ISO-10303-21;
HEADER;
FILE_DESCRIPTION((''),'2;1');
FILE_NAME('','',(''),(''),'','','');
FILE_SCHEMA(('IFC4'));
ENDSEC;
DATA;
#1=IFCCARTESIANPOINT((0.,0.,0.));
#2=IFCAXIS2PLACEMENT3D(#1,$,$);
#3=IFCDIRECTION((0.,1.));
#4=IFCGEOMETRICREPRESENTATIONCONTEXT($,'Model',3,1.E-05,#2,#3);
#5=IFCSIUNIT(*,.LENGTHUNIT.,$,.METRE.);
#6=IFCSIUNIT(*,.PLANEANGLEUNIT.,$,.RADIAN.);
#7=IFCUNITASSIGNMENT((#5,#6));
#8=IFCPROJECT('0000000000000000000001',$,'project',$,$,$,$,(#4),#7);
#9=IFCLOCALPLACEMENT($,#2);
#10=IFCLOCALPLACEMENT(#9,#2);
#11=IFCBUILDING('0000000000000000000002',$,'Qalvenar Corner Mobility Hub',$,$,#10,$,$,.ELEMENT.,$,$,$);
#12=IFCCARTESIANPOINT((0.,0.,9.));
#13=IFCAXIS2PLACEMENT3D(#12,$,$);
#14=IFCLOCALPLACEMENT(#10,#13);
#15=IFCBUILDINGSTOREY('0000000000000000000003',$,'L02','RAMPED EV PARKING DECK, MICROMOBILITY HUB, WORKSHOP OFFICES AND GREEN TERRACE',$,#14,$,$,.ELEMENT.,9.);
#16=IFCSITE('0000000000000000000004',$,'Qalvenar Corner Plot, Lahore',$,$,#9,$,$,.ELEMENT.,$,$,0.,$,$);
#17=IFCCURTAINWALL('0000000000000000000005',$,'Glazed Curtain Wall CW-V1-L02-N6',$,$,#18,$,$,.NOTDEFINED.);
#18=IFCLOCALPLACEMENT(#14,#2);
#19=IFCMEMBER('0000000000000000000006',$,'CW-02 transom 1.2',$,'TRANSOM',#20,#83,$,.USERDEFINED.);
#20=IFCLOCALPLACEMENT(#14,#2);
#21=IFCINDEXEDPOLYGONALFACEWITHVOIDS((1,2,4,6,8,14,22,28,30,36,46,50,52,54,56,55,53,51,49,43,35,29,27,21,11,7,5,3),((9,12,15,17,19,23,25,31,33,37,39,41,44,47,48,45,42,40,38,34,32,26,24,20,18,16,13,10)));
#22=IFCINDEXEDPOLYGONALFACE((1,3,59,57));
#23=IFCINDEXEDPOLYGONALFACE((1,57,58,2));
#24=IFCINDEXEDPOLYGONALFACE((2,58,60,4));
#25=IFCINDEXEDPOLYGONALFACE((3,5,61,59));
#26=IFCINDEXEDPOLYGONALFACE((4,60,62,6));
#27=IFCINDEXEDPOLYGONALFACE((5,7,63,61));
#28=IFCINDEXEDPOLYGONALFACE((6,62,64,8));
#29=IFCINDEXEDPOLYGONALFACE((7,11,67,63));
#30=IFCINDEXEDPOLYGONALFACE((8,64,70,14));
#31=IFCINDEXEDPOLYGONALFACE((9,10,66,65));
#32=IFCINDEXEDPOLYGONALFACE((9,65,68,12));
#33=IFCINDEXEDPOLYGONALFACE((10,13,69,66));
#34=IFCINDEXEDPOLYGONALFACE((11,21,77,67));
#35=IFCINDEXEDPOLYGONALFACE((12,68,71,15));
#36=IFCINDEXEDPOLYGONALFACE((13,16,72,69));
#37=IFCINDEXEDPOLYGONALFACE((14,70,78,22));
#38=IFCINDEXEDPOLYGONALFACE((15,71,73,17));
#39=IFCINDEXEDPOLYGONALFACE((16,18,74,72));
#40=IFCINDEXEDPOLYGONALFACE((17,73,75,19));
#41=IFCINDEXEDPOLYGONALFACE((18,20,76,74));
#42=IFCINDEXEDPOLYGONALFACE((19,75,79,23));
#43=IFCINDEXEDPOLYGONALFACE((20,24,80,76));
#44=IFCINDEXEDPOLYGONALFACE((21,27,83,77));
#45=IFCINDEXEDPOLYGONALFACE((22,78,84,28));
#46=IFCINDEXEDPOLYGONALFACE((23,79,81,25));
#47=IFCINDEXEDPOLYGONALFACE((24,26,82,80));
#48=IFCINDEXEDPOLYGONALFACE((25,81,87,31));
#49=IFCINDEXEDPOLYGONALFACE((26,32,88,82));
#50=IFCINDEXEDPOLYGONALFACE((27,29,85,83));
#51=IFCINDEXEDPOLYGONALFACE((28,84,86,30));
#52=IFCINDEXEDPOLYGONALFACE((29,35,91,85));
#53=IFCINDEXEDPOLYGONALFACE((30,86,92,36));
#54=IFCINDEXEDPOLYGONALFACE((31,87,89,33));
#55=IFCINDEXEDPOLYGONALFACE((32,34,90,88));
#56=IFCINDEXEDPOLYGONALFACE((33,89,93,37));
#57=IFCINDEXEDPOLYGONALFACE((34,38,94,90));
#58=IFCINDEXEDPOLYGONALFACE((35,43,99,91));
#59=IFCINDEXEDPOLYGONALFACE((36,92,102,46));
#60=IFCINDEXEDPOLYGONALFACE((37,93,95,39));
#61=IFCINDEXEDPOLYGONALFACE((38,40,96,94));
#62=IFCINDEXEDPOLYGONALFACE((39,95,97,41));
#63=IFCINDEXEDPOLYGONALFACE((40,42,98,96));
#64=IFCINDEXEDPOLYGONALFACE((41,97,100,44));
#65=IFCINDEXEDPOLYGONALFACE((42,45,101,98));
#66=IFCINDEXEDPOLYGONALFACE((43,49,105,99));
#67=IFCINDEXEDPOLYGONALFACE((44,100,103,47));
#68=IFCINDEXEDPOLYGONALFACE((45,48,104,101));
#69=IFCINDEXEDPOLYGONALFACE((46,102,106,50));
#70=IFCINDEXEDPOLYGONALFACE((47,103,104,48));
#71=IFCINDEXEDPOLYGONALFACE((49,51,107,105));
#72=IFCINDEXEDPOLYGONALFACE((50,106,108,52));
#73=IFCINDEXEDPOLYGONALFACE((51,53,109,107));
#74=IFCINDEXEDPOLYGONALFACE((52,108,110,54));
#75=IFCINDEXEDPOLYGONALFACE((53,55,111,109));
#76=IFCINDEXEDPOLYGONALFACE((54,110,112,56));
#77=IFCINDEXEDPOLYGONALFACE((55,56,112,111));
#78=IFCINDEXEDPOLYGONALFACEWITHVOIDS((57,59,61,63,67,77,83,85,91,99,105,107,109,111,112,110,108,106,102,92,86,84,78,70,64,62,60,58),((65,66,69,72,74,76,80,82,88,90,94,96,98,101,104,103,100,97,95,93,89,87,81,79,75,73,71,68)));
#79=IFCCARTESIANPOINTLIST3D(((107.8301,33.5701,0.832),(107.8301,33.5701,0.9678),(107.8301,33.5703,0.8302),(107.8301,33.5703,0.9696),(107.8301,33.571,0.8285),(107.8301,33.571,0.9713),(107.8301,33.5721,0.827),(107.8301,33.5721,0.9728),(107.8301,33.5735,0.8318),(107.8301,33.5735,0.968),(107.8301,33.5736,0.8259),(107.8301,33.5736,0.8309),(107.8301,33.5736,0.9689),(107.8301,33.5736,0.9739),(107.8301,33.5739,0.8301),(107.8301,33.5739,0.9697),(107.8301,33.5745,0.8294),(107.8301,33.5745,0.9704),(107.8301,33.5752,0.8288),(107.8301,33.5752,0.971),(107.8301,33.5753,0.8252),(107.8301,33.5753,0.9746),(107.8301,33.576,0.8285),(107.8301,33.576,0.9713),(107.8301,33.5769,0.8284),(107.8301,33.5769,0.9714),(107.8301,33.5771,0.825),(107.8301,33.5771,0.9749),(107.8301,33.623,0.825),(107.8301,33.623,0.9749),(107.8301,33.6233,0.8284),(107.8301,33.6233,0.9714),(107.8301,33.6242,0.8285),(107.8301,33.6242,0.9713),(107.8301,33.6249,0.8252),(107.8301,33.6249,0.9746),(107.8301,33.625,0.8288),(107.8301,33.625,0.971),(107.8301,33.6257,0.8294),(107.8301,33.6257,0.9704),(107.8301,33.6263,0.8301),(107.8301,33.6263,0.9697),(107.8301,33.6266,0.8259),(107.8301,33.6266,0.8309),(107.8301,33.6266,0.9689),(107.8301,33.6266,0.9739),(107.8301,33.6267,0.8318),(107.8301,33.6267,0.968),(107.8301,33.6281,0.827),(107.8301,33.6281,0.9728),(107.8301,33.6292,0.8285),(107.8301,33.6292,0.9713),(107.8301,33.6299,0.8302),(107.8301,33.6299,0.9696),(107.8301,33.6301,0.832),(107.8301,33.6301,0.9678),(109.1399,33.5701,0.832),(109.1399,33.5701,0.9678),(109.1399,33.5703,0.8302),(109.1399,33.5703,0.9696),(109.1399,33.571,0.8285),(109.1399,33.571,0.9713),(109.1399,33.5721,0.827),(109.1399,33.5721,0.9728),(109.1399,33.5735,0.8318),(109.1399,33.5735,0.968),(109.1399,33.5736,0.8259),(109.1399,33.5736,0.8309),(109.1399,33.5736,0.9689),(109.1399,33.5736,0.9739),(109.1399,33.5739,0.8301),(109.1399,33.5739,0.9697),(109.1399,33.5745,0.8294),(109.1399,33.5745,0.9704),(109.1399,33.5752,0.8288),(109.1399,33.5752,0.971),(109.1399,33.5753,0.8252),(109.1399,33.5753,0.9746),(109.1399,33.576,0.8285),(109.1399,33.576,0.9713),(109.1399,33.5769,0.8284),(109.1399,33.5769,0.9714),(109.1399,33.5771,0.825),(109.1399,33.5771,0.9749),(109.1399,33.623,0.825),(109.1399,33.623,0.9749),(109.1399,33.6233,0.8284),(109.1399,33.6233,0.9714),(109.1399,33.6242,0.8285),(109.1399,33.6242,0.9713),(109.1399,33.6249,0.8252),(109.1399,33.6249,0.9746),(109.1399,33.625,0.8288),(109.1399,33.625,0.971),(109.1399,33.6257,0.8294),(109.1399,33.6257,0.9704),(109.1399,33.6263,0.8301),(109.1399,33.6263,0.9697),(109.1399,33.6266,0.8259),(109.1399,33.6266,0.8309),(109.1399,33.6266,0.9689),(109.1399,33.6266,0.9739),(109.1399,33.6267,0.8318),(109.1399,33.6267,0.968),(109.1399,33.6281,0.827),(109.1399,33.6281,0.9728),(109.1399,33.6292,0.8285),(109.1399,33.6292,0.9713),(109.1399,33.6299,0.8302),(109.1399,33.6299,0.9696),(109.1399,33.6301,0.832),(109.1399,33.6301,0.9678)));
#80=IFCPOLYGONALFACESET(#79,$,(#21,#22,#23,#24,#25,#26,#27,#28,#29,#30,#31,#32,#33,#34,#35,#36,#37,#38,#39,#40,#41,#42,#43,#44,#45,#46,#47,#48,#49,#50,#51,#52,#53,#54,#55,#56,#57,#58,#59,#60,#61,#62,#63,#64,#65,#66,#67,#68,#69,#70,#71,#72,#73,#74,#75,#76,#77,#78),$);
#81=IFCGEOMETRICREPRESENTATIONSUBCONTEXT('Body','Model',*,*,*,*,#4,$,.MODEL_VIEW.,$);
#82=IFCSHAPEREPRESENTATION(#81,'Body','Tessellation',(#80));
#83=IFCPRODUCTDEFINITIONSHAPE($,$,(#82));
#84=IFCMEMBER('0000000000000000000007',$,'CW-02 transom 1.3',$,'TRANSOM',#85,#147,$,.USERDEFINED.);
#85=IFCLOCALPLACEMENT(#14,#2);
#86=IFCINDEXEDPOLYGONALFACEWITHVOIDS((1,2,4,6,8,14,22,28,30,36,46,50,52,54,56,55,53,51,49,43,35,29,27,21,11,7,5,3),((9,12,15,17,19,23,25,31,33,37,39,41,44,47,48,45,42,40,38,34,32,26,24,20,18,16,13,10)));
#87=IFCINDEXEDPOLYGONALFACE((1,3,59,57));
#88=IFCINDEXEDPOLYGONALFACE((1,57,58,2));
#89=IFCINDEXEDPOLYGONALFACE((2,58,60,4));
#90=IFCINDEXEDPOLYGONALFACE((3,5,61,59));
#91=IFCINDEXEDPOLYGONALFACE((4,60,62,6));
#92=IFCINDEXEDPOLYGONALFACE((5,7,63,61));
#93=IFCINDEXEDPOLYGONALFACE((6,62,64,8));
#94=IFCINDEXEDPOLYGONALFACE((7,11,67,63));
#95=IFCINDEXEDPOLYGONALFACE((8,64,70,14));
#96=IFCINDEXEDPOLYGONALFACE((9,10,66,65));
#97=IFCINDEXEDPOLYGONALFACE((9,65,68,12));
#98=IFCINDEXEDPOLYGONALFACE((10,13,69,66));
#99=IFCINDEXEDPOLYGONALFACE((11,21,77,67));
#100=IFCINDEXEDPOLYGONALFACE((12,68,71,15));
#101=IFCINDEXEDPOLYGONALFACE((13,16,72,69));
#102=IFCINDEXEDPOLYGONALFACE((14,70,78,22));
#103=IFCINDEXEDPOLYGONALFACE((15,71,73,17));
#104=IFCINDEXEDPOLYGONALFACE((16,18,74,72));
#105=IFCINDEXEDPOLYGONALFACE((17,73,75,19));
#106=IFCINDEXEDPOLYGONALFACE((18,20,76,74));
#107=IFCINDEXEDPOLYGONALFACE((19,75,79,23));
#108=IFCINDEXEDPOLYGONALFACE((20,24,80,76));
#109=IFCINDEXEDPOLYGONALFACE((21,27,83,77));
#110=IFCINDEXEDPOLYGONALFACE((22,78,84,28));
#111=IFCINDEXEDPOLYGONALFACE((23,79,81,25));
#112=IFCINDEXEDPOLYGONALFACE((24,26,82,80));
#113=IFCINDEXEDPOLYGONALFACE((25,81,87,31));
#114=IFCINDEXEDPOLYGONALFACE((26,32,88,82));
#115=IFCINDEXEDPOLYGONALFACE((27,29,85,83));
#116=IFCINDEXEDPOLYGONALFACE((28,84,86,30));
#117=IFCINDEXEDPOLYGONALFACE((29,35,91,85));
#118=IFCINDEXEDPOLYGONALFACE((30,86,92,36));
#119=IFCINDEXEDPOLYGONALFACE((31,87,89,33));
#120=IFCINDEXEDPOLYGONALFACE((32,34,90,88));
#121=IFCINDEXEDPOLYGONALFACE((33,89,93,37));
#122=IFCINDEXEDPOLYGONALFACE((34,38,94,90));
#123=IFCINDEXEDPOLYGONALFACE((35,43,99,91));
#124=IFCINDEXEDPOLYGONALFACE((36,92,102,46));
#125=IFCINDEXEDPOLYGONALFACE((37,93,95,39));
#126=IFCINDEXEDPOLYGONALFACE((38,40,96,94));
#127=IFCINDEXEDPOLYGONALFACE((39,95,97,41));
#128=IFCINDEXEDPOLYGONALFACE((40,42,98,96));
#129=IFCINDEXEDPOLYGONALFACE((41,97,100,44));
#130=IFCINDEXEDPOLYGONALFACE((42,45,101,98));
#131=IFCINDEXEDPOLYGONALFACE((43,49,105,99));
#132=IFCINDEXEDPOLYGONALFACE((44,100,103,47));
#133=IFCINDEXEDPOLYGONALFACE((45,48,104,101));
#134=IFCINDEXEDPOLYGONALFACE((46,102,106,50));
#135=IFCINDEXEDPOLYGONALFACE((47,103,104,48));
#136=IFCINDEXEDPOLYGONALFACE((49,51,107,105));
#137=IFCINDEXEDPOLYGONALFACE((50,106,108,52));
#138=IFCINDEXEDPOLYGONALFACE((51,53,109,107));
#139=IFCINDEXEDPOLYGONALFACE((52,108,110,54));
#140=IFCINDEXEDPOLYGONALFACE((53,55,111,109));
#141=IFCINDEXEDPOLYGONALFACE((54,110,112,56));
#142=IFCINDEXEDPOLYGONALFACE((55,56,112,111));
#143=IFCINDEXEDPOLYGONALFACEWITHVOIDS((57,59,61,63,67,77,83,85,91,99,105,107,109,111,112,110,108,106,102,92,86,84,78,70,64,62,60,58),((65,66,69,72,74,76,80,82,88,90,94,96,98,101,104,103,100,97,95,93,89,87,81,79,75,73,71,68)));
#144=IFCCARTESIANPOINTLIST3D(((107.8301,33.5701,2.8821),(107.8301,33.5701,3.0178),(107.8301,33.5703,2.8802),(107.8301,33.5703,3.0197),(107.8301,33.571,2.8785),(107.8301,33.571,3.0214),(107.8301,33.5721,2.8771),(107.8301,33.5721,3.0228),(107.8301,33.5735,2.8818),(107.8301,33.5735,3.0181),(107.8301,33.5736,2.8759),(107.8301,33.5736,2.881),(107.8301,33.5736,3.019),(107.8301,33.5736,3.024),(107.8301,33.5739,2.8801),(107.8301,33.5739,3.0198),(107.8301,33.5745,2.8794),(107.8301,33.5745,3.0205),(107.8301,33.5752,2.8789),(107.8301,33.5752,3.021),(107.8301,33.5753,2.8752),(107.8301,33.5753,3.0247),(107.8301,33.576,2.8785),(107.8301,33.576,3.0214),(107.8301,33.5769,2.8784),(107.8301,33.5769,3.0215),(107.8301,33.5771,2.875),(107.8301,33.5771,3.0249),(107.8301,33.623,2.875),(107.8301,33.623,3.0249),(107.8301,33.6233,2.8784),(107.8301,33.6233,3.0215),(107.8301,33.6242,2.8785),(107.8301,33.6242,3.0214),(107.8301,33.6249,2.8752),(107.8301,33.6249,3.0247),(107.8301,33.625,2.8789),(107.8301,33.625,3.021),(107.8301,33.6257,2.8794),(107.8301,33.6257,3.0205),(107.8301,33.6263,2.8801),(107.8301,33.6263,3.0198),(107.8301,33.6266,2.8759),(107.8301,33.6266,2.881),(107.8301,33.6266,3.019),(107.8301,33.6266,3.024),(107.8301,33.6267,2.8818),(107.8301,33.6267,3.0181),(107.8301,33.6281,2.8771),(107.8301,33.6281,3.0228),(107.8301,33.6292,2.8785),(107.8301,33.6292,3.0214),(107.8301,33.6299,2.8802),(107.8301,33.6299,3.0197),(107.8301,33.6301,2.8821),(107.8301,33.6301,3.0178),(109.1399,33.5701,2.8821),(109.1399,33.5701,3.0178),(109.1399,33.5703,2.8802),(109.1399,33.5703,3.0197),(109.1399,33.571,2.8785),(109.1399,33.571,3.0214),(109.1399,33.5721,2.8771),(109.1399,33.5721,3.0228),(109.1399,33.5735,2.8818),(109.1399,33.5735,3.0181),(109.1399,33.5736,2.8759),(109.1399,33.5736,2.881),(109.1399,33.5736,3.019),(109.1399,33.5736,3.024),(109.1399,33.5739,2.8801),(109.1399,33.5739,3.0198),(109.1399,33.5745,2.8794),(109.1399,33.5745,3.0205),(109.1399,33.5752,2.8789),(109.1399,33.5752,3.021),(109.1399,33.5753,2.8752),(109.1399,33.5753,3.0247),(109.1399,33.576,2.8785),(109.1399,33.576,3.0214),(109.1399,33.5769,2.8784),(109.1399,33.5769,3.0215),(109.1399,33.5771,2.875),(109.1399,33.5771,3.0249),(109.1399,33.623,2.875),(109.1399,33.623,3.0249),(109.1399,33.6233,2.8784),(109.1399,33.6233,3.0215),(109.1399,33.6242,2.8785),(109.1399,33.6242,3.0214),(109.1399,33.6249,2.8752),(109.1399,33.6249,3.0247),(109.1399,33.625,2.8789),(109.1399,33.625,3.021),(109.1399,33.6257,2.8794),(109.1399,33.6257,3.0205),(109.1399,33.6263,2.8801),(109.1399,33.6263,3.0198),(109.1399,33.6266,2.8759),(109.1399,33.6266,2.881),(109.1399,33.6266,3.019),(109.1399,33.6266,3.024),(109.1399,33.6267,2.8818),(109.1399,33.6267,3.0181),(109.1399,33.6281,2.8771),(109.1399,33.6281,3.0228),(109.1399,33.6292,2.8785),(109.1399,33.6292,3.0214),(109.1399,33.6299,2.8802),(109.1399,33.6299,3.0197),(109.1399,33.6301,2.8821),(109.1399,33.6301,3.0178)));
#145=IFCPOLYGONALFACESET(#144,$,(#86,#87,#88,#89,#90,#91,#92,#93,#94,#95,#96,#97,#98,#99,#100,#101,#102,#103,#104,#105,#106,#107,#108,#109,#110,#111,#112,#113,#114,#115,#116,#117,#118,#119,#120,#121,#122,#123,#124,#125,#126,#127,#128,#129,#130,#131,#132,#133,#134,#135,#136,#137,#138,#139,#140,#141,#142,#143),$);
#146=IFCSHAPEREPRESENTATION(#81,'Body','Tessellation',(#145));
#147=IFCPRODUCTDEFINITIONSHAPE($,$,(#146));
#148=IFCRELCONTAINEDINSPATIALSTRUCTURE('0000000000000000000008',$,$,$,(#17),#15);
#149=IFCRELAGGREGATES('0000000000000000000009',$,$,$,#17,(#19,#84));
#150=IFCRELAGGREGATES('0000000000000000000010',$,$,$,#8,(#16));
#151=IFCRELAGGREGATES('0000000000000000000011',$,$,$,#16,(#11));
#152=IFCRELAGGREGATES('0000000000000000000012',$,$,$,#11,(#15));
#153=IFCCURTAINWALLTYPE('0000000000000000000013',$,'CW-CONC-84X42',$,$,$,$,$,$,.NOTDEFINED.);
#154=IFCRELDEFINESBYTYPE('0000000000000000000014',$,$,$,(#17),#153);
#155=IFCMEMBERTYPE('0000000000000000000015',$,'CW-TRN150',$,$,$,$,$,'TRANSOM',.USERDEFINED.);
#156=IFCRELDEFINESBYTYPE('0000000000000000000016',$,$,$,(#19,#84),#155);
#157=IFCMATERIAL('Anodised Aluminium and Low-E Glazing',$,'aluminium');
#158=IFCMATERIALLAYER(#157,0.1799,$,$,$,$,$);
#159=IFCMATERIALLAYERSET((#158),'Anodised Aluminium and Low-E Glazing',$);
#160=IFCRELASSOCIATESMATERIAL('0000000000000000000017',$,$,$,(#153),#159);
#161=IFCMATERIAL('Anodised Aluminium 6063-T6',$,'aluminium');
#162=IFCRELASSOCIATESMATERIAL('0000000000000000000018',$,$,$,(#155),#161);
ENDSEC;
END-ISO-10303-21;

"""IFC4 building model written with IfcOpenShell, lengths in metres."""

from ifc_helpers import new_model, si_unit, direction, frame, origin, origin_2d, place, context, subcontext, project, spatial, hollow_rectangle, extrude, material, layer, layer_set, material_profile, profile_set, type_object, element, aggregate, save


model = new_model("IFC4")

# Units and contexts
model_context = context("Model", 3, precision=1e-05, world=origin(), true_north=direction((0.0, 1.0)))
body_context = subcontext(model_context, "Body", "Model", "MODEL_VIEW")
ifc_project = project(units=[si_unit("LENGTHUNIT", "METRE"), si_unit("PLANEANGLEUNIT", "RADIAN")], contexts=[model_context])

# Site, building, storey
site_placement = place(None, origin())
site = spatial("IfcSite", under=ifc_project, at=site_placement, Name="Qalvenar Corner Plot, Lahore", CompositionType="ELEMENT", RefElevation=0.0)
building_placement = place(site_placement, origin())
building = spatial("IfcBuilding", under=site, at=building_placement, Name="Qalvenar Corner Mobility Hub", CompositionType="ELEMENT")
storey_placement = place(building_placement, frame((0.0, 0.0, 9.0)))
storey = spatial("IfcBuildingStorey", under=building, at=storey_placement, Name="L02", Description="RAMPED EV PARKING DECK, MICROMOBILITY HUB, WORKSHOP OFFICES AND GREEN TERRACE", CompositionType="ELEMENT", Elevation=9.0)

# Curtain wall
ifc_material_1 = material(Name="Anodised Aluminium and Low-E Glazing", Category="aluminium")
ifc_material_2 = material(Name="Anodised Aluminium 6063-T6", Category="aluminium")
ifc_layer_1 = layer(ifc_material_1, 0.1799)
ifc_layer_set_1 = layer_set([ifc_layer_1], Name="Anodised Aluminium and Low-E Glazing")
curtain_wall_type_1 = type_object("IfcCurtainWallType", Name="CW-CONC-84X42", PredefinedType="NOTDEFINED", material=ifc_layer_set_1)
curtain_wall_1_placement = place(storey_placement, origin())
curtain_wall_1 = element("IfcCurtainWall", 1, at=curtain_wall_1_placement, inside=storey, type_object=curtain_wall_type_1, Name="Glazed Curtain Wall CW-V1-L02-N6", PredefinedType="NOTDEFINED")

# Members
ifc_material_profile_1 = material_profile(ifc_material_2, hollow_rectangle(XDim=0.0601, YDim=0.1499, WallThickness=0.0034, InnerFilletRadius=0.0034, OuterFilletRadius=0.0071, at=origin_2d()), Name="RHS150x60x3.5")
ifc_profile_set_1 = profile_set([ifc_material_profile_1], Name="Anodised Aluminium 6063-T6")
member_type_1 = type_object("IfcMemberType", Name="CW-TRN150", ElementType="TRANSOM", PredefinedType="USERDEFINED", material=ifc_profile_set_1)
member_1_placement = place(storey_placement, frame((109.1399, 33.6001, 0.8999), z_axis=(-1.0, 0.0, 0.0), x_axis=(0.0, -1.0, 0.0)))
member_1 = element("IfcMember", 2, at=member_1_placement, type_object=member_type_1, Name="CW-02 transom 1.2", ObjectType="TRANSOM", PredefinedType="USERDEFINED", context=body_context, shape_type="SweptSolid", body=[
    extrude(hollow_rectangle(XDim=0.0601, YDim=0.1499, WallThickness=0.0034, InnerFilletRadius=0.0034, OuterFilletRadius=0.0071, at=origin_2d()), origin(), (0.0, 0.0, 1.0), 1.3098),
])
member_2_placement = place(storey_placement, frame((109.1399, 33.6001, 2.95), z_axis=(-1.0, 0.0, 0.0), x_axis=(0.0, -1.0, 0.0)))
member_2 = element("IfcMember", 3, at=member_2_placement, type_object=member_type_1, Name="CW-02 transom 1.3", ObjectType="TRANSOM", PredefinedType="USERDEFINED", context=body_context, shape_type="SweptSolid", body=[
    extrude(hollow_rectangle(XDim=0.0601, YDim=0.1499, WallThickness=0.0034, InnerFilletRadius=0.0034, OuterFilletRadius=0.0071, at=origin_2d()), origin(), (0.0, 0.0, 1.0), 1.3098),
])

aggregate(curtain_wall_1, [member_1, member_2])

save(model, "model.ifc")
